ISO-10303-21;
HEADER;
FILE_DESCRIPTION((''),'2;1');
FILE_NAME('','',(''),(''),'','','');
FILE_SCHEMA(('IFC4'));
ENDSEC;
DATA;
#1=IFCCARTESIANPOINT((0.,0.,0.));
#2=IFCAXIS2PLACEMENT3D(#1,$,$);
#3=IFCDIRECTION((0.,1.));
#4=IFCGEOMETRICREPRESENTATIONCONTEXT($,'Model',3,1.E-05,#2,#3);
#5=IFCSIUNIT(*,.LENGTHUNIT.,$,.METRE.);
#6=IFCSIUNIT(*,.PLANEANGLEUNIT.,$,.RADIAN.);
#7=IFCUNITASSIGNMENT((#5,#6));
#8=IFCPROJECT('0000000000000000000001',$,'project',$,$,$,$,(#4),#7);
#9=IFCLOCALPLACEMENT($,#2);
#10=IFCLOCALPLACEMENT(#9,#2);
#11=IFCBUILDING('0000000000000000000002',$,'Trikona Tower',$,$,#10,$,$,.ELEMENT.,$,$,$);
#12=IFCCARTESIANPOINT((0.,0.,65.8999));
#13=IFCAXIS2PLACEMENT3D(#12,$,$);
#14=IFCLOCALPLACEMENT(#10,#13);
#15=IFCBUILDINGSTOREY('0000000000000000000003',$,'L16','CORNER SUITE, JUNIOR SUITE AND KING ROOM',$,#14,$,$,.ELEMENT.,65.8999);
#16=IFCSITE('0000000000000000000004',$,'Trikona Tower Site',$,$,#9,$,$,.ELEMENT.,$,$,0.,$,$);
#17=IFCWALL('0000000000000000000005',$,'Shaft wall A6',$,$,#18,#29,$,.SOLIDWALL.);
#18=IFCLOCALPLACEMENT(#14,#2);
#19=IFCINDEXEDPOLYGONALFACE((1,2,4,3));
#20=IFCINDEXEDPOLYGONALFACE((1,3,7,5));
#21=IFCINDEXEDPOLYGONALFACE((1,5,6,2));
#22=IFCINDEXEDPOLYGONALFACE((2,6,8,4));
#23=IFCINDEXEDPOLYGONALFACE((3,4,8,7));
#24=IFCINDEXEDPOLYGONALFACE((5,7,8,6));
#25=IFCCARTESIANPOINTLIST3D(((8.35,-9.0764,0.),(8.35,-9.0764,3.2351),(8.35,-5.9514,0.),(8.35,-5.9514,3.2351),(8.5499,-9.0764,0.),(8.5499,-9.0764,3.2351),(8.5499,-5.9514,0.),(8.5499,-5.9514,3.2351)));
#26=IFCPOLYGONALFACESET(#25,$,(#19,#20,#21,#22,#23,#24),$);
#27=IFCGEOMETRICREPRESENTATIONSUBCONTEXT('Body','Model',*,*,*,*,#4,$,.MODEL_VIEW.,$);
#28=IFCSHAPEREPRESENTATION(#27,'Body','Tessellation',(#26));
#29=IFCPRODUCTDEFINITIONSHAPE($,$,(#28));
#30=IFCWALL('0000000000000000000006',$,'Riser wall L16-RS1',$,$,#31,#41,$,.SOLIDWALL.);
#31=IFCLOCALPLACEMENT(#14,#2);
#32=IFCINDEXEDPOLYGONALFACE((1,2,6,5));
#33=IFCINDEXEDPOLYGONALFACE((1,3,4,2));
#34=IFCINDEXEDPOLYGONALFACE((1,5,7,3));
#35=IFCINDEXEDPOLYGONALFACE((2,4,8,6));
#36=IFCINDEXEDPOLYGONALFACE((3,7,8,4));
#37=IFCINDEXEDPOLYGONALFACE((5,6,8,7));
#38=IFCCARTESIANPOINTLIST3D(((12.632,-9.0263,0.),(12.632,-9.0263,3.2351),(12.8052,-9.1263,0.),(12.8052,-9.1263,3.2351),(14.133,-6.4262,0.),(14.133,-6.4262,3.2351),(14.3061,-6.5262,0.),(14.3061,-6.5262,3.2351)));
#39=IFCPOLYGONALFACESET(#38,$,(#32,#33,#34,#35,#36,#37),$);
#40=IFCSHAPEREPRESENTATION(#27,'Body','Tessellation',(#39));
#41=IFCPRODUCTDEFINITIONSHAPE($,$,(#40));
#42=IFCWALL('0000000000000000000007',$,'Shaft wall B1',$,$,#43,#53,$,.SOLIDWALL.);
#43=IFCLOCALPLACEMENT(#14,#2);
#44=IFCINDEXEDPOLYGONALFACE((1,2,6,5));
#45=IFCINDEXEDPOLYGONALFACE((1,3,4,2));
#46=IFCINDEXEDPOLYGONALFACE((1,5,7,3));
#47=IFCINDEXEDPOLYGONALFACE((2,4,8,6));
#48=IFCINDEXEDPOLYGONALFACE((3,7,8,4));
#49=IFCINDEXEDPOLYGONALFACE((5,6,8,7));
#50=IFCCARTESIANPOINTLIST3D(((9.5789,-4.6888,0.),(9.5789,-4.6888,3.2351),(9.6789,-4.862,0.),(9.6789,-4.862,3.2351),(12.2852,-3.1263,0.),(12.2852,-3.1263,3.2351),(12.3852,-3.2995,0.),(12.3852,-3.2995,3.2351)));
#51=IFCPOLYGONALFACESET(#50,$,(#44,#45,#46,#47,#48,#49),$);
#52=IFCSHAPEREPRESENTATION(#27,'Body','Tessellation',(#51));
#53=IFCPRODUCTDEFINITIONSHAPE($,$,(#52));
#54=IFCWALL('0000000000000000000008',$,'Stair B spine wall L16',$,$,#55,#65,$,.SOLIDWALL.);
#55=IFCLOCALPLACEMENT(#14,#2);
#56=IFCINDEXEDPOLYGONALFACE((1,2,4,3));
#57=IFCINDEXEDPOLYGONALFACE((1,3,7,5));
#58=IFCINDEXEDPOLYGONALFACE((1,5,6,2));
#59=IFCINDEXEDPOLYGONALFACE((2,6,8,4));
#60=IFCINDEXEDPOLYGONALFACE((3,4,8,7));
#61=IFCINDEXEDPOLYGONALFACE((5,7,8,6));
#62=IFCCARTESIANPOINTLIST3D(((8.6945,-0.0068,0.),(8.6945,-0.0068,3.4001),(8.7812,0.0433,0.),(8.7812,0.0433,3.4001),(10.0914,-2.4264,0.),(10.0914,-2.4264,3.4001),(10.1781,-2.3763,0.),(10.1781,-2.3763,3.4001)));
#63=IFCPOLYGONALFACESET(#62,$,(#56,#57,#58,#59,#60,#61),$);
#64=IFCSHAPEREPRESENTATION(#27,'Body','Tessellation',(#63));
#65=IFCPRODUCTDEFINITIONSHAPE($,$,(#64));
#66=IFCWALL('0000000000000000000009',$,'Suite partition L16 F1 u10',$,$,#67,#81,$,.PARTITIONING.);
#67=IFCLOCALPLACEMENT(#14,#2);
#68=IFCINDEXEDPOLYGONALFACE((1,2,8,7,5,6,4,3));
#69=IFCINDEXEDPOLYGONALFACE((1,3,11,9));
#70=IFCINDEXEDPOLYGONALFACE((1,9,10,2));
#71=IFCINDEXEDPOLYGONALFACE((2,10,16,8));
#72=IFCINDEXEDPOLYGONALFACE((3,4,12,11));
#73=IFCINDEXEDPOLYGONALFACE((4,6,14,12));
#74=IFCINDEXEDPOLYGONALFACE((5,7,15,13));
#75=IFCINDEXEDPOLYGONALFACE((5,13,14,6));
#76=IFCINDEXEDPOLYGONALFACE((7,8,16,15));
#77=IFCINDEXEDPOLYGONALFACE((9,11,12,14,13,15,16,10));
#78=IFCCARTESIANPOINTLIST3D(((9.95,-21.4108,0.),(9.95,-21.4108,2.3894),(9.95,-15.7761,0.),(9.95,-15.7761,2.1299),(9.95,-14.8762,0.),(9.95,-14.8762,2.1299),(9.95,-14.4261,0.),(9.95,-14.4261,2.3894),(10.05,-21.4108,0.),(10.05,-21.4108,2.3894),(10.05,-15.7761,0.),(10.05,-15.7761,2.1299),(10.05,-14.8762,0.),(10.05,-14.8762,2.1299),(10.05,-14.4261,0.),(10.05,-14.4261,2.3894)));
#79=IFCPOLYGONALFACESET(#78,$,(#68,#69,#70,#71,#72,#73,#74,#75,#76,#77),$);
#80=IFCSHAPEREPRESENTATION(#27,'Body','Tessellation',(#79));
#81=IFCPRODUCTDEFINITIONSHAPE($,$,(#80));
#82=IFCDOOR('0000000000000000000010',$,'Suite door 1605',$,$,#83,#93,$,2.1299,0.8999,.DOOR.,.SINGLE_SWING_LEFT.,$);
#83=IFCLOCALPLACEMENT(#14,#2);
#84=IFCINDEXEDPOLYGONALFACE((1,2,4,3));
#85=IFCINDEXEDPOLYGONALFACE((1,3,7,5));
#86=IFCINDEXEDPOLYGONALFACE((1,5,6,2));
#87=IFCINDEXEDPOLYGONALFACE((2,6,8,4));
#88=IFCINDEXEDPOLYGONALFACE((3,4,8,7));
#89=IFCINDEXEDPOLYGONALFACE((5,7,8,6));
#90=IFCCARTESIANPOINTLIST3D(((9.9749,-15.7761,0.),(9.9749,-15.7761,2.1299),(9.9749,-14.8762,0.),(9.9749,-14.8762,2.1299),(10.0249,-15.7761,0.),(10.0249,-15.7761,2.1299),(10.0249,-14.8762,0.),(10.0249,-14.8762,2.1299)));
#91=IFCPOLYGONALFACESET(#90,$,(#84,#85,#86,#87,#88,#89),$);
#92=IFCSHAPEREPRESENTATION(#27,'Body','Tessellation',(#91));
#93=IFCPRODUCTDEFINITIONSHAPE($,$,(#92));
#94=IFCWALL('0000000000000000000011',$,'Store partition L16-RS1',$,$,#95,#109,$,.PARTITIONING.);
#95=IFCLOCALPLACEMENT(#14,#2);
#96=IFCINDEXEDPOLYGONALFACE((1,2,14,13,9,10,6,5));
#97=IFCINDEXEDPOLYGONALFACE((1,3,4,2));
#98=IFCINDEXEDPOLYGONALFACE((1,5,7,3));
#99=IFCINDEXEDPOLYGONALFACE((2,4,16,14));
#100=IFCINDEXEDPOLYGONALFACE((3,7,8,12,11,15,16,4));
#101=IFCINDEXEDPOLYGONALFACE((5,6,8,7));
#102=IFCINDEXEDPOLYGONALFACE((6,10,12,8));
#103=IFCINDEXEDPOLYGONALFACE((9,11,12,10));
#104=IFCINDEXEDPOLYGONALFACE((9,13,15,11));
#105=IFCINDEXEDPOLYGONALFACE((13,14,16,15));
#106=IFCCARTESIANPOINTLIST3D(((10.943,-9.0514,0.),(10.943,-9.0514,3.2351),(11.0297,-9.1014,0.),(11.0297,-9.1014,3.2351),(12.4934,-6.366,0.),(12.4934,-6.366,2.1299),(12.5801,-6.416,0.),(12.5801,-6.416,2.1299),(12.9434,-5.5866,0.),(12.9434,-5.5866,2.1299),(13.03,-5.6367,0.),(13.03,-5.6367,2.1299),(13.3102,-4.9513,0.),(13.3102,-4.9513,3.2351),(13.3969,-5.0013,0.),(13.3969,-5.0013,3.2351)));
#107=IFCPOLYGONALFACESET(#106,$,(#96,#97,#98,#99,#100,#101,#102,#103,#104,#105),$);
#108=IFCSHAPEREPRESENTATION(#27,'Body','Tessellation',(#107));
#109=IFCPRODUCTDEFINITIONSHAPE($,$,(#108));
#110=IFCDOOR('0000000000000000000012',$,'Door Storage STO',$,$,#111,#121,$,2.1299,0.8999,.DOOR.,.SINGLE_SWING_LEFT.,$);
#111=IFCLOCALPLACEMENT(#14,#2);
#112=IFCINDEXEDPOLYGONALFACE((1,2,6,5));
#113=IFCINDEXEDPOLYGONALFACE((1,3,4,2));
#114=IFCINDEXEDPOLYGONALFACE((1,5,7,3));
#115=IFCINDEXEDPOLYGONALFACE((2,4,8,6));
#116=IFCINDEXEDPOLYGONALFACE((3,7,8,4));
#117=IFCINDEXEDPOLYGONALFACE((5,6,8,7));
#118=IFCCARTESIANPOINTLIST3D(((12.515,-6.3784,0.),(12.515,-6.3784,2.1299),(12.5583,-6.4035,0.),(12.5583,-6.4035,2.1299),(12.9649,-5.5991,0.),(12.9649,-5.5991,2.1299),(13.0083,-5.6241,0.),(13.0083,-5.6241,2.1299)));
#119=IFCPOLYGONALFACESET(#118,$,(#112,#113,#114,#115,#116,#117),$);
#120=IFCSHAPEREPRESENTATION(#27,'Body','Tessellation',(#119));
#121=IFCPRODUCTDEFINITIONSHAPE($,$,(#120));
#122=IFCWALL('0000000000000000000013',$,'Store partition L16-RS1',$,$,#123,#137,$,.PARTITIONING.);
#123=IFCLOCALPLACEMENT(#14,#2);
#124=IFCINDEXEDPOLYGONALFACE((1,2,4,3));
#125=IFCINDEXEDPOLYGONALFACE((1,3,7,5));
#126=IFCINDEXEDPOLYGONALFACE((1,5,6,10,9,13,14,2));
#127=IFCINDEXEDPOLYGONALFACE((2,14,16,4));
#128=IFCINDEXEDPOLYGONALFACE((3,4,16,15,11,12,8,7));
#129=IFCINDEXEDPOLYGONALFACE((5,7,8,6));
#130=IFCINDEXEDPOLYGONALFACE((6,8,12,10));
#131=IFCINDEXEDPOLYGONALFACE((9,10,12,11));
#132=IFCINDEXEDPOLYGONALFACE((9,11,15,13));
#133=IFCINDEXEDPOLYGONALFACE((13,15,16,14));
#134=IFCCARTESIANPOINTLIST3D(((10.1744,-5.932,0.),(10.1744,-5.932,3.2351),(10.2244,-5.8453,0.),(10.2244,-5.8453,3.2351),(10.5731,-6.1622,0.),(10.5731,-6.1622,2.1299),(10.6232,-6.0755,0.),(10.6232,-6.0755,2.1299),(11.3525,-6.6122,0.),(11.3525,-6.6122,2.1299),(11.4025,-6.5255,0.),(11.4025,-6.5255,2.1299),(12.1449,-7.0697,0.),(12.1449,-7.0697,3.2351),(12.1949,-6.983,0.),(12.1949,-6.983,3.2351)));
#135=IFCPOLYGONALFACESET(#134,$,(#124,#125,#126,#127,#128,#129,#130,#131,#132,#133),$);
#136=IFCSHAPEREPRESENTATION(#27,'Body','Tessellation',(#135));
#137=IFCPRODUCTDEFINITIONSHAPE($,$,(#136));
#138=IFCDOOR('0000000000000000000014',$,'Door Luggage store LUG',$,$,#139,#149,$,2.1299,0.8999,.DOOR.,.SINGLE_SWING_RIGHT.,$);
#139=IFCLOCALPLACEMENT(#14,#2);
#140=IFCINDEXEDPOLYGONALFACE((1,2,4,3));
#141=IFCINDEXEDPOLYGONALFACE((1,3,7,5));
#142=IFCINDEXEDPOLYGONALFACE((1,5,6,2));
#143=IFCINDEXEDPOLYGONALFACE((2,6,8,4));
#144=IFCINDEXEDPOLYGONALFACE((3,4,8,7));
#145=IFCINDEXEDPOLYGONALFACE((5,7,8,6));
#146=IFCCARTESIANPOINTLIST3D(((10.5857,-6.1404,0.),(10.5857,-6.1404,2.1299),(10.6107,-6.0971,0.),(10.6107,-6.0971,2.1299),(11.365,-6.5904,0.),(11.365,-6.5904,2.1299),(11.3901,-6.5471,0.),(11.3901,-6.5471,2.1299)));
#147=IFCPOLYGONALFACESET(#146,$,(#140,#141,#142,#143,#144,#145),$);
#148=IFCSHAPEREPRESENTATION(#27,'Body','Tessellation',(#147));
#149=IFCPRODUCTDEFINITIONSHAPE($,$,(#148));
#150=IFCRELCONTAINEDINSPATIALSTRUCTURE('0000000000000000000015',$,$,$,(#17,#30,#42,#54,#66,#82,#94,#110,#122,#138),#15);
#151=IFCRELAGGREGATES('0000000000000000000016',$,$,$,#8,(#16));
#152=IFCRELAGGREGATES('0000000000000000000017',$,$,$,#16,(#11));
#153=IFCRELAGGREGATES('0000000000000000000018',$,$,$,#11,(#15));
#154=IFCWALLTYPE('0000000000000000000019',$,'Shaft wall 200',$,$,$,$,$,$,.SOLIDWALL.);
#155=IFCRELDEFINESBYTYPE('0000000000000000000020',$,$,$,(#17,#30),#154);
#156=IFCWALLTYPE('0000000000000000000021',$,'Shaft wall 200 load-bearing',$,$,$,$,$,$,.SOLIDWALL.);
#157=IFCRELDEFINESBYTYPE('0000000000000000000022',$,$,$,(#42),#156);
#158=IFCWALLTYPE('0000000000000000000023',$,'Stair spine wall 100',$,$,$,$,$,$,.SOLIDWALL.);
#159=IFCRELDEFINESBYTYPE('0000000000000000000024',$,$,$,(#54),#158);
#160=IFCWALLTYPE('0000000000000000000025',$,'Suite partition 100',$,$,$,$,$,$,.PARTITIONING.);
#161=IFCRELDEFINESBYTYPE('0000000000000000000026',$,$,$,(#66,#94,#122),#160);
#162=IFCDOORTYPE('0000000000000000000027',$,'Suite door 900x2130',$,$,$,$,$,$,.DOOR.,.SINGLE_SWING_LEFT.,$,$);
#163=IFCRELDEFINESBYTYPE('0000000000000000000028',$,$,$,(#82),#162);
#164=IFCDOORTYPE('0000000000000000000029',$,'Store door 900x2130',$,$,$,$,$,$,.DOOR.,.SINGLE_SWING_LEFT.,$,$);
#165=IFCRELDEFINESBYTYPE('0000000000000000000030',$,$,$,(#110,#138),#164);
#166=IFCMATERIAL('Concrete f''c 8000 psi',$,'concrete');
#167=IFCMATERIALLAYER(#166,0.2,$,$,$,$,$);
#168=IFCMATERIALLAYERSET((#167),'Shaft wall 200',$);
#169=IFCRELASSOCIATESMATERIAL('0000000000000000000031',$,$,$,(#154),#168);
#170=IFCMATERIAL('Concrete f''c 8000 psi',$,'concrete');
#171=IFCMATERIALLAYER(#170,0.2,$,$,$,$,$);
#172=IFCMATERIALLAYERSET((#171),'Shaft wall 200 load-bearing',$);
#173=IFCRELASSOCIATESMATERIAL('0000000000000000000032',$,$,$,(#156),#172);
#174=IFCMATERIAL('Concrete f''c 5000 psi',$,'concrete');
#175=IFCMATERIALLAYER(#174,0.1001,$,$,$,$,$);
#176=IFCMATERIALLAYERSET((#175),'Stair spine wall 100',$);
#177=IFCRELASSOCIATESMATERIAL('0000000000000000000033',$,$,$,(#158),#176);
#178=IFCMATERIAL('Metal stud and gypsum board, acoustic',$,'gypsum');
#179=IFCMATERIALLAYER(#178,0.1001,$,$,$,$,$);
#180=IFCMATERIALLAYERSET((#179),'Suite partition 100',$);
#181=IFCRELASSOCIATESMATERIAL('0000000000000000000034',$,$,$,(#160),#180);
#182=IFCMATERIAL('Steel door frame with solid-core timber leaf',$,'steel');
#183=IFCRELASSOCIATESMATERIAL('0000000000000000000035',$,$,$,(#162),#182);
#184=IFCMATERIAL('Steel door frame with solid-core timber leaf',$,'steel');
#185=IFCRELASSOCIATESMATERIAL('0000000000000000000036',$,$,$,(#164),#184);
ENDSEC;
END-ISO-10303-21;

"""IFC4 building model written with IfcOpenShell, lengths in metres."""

from ifc_helpers import new_model, si_unit, direction, frame, frame_2d, origin, place, context, subcontext, project, spatial, rectangle, extrude, material, layer, layer_set, type_object, element, fill, save


model = new_model("IFC4")

# Units and contexts
model_context = context("Model", 3, precision=1e-05, world=origin(), true_north=direction((0.0, 1.0)))
body_context = subcontext(model_context, "Body", "Model", "MODEL_VIEW")
ifc_project = project(units=[si_unit("LENGTHUNIT", "METRE"), si_unit("PLANEANGLEUNIT", "RADIAN")], contexts=[model_context])

# Site, building, storey
site_placement = place(None, origin())
site = spatial("IfcSite", under=ifc_project, at=site_placement, Name="Trikona Tower Site", CompositionType="ELEMENT", RefElevation=0.0)
building_placement = place(site_placement, origin())
building = spatial("IfcBuilding", under=site, at=building_placement, Name="Trikona Tower", CompositionType="ELEMENT")
storey_placement = place(building_placement, frame((0.0, 0.0, 65.8999)))
storey = spatial("IfcBuildingStorey", under=building, at=storey_placement, Name="L16", Description="CORNER SUITE, JUNIOR SUITE AND KING ROOM", CompositionType="ELEMENT", Elevation=65.8999)

# Walls
ifc_material_1 = material(Name="Concrete f'c 8000 psi", Category="concrete")
ifc_layer_1 = layer(ifc_material_1, 0.2)
ifc_layer_set_1 = layer_set([ifc_layer_1], Name="Shaft wall 200")
wall_type_1 = type_object("IfcWallType", Name="Shaft wall 200", PredefinedType="SOLIDWALL", material=ifc_layer_set_1)
for number, where, z_axis, x_axis, name in (
    (1, (8.45, -5.9514, 0.0), (0.0, 0.0, 1.0), (0.0, -1.0, 0.0), "Shaft wall A6"),
):
    element("IfcWall", number, at=place(storey_placement, frame(where, z_axis=z_axis, x_axis=x_axis)), inside=storey, type_object=wall_type_1, Name=name, PredefinedType="SOLIDWALL", context=body_context, shape_type="SweptSolid", body=[
        extrude(rectangle(XDim=3.125, YDim=0.2, at=frame_2d((1.5625, 0.0))), origin(), (0.0, 0.0, 1.0), 3.2351),
    ])
wall_1_placement = place(storey_placement, frame((14.2195, -6.4763, 0.0), z_axis=(0.0, 0.0, 1.0), x_axis=(-0.499952, -0.866053, 0.0)))
element("IfcWall", 2, at=wall_1_placement, inside=storey, type_object=wall_type_1, Name="Riser wall L16-RS1", PredefinedType="SOLIDWALL", context=body_context, shape_type="SweptSolid", body=[
    extrude(rectangle(XDim=3.0022, YDim=0.2, at=frame_2d((1.501, 0.0))), origin(), (0.0, 0.0, 1.0), 3.2351),
])
ifc_material_2 = material(Name="Concrete f'c 8000 psi", Category="concrete")
ifc_layer_2 = layer(ifc_material_2, 0.2)
ifc_layer_set_2 = layer_set([ifc_layer_2], Name="Shaft wall 200 load-bearing")
wall_type_2 = type_object("IfcWallType", Name="Shaft wall 200 load-bearing", PredefinedType="SOLIDWALL", material=ifc_layer_set_2)
wall_2_placement = place(storey_placement, frame((9.6289, -4.7754, 0.0), z_axis=(0.0, 0.0, 1.0), x_axis=(0.866023, 0.500004, 0.0)))
element("IfcWall", 3, at=wall_2_placement, inside=storey, type_object=wall_type_2, Name="Shaft wall B1", PredefinedType="SOLIDWALL", context=body_context, shape_type="SweptSolid", body=[
    extrude(rectangle(XDim=3.125, YDim=0.2, at=frame_2d((1.5625, 0.0))), origin(), (0.0, 0.0, 1.0), 3.2351),
])
ifc_material_3 = material(Name="Concrete f'c 5000 psi", Category="concrete")
ifc_layer_3 = layer(ifc_material_3, 0.1001)
ifc_layer_set_3 = layer_set([ifc_layer_3], Name="Stair spine wall 100")
wall_type_3 = type_object("IfcWallType", Name="Stair spine wall 100", PredefinedType="SOLIDWALL", material=ifc_layer_set_3)
wall_3_placement = place(storey_placement, frame((10.1348, -2.4014, 0.0), z_axis=(0.0, 0.0, 1.0), x_axis=(-0.499992, 0.86603, 0.0)))
element("IfcWall", 4, at=wall_3_placement, inside=storey, type_object=wall_type_3, Name="Stair B spine wall L16", PredefinedType="SOLIDWALL", context=body_context, shape_type="SweptSolid", body=[
    extrude(rectangle(XDim=2.7939, YDim=0.1001, at=frame_2d((1.397, 0.0))), origin(), (0.0, 0.0, 1.0), 3.4001),
])

# Walls, openings, doors
ifc_material_4 = material(Name="Metal stud and gypsum board, acoustic", Category="gypsum")
ifc_layer_4 = layer(ifc_material_4, 0.1001)
ifc_layer_set_4 = layer_set([ifc_layer_4], Name="Suite partition 100")
wall_type_4 = type_object("IfcWallType", Name="Suite partition 100", PredefinedType="PARTITIONING", material=ifc_layer_set_4)
wall_4_placement = place(storey_placement, frame((10.0, -14.4263, 0.0), z_axis=(0.0, 0.0, 1.0), x_axis=(0.0, -1.0, 0.0)))
wall_4 = element("IfcWall", 5, at=wall_4_placement, inside=storey, type_object=wall_type_4, Name="Suite partition L16 F1 u10", PredefinedType="PARTITIONING", context=body_context, shape_type="SweptSolid", body=[
    extrude(rectangle(XDim=6.9846, YDim=0.1001, at=frame_2d((3.4922, 0.0))), origin(), (0.0, 0.0, 1.0), 2.3894),
])
opening_1_placement = place(wall_4_placement, frame((0.45, 0.0, 0.0)))
opening_1 = element("IfcOpeningElement", 6, at=opening_1_placement, cuts=wall_4, PredefinedType="OPENING", context=body_context, shape_type="SweptSolid", body=[
    extrude(rectangle(XDim=0.8999, YDim=2.1299, at=frame_2d((0.45, 1.0649))), frame((0.0, 0.0601, 0.0), z_axis=(0.0, -1.0, 0.0), x_axis=(1.0, 0.0, 0.0)), (0.0, 0.0, 1.0), 0.1201),
])
ifc_material_5 = material(Name="Steel door frame with solid-core timber leaf", Category="steel")
door_type_1 = type_object("IfcDoorType", Name="Suite door 900x2130", OperationType="SINGLE_SWING_LEFT", PredefinedType="DOOR", material=ifc_material_5)
door_1_placement = place(opening_1_placement, origin())
door_1 = element("IfcDoor", 7, at=door_1_placement, inside=storey, type_object=door_type_1, Name="Suite door 1605", OperationType="SINGLE_SWING_LEFT", OverallHeight=2.1299, OverallWidth=0.8999, PredefinedType="DOOR", context=body_context, shape_type="SweptSolid", body=[
    extrude(rectangle(XDim=0.8999, YDim=2.1299, at=frame_2d((0.45, 1.0649))), frame((0.0, 0.0249, 0.0), z_axis=(0.0, -1.0, 0.0), x_axis=(1.0, 0.0, 0.0)), (0.0, 0.0, 1.0), 0.05),
])
fill(opening_1, door_1)
wall_5_placement = place(storey_placement, frame((13.3535, -4.9763, 0.0), z_axis=(0.0, 0.0, 1.0), x_axis=(-0.499999, -0.866026, 0.0)))
wall_5 = element("IfcWall", 8, at=wall_5_placement, inside=storey, type_object=wall_type_4, Name="Store partition L16-RS1", PredefinedType="PARTITIONING", context=body_context, shape_type="SweptSolid", body=[
    extrude(rectangle(XDim=4.7344, YDim=0.1001, at=frame_2d((2.3672, 0.0))), origin(), (0.0, 0.0, 1.0), 3.2351),
])
opening_2_placement = place(wall_5_placement, frame((0.7336, 0.0, 0.0)))
opening_2 = element("IfcOpeningElement", 9, at=opening_2_placement, cuts=wall_5, PredefinedType="OPENING", context=body_context, shape_type="SweptSolid", body=[
    extrude(rectangle(XDim=0.8999, YDim=2.1299, at=frame_2d((0.45, 1.0649))), frame((0.0, 0.0601, 0.0), z_axis=(0.0, -1.0, 0.0), x_axis=(1.0, 0.0, 0.0)), (0.0, 0.0, 1.0), 0.1201),
])
ifc_material_6 = material(Name="Steel door frame with solid-core timber leaf", Category="steel")
door_type_2 = type_object("IfcDoorType", Name="Store door 900x2130", OperationType="SINGLE_SWING_LEFT", PredefinedType="DOOR", material=ifc_material_6)
door_2_placement = place(opening_2_placement, origin())
door_2 = element("IfcDoor", 10, at=door_2_placement, inside=storey, type_object=door_type_2, Name="Door Storage STO", OperationType="SINGLE_SWING_LEFT", OverallHeight=2.1299, OverallWidth=0.8999, PredefinedType="DOOR", context=body_context, shape_type="SweptSolid", body=[
    extrude(rectangle(XDim=0.8999, YDim=2.1299, at=frame_2d((0.45, 1.0649))), frame((0.0, 0.0249, 0.0), z_axis=(0.0, -1.0, 0.0), x_axis=(1.0, 0.0, 0.0)), (0.0, 0.0, 1.0), 0.05),
])
fill(opening_2, door_2)
wall_6_placement = place(storey_placement, frame((12.1699, -7.0264, 0.0), z_axis=(0.0, 0.0, 1.0), x_axis=(-0.866016, 0.500017, 0.0)))
wall_6 = element("IfcWall", 11, at=wall_6_placement, inside=storey, type_object=wall_type_4, Name="Store partition L16-RS1", PredefinedType="PARTITIONING", context=body_context, shape_type="SweptSolid", body=[
    extrude(rectangle(XDim=2.2754, YDim=0.1001, at=frame_2d((1.1377, 0.0))), origin(), (0.0, 0.0, 1.0), 3.2351),
])
opening_3_placement = place(wall_6_placement, frame((0.915, 0.0, 0.0)))
opening_3 = element("IfcOpeningElement", 12, at=opening_3_placement, cuts=wall_6, PredefinedType="OPENING", context=body_context, shape_type="SweptSolid", body=[
    extrude(rectangle(XDim=0.8999, YDim=2.1299, at=frame_2d((0.45, 1.0649))), frame((0.0, 0.0601, 0.0), z_axis=(0.0, -1.0, 0.0), x_axis=(1.0, 0.0, 0.0)), (0.0, 0.0, 1.0), 0.1201),
])
door_3_placement = place(opening_3_placement, origin())
door_3 = element("IfcDoor", 13, at=door_3_placement, inside=storey, type_object=door_type_2, Name="Door Luggage store LUG", OperationType="SINGLE_SWING_RIGHT", OverallHeight=2.1299, OverallWidth=0.8999, PredefinedType="DOOR", context=body_context, shape_type="SweptSolid", body=[
    extrude(rectangle(XDim=0.8999, YDim=2.1299, at=frame_2d((0.45, 1.0649))), frame((0.0, 0.0249, 0.0), z_axis=(0.0, -1.0, 0.0), x_axis=(1.0, 0.0, 0.0)), (0.0, 0.0, 1.0), 0.05),
])
fill(opening_3, door_3)

save(model, "model.ifc")
